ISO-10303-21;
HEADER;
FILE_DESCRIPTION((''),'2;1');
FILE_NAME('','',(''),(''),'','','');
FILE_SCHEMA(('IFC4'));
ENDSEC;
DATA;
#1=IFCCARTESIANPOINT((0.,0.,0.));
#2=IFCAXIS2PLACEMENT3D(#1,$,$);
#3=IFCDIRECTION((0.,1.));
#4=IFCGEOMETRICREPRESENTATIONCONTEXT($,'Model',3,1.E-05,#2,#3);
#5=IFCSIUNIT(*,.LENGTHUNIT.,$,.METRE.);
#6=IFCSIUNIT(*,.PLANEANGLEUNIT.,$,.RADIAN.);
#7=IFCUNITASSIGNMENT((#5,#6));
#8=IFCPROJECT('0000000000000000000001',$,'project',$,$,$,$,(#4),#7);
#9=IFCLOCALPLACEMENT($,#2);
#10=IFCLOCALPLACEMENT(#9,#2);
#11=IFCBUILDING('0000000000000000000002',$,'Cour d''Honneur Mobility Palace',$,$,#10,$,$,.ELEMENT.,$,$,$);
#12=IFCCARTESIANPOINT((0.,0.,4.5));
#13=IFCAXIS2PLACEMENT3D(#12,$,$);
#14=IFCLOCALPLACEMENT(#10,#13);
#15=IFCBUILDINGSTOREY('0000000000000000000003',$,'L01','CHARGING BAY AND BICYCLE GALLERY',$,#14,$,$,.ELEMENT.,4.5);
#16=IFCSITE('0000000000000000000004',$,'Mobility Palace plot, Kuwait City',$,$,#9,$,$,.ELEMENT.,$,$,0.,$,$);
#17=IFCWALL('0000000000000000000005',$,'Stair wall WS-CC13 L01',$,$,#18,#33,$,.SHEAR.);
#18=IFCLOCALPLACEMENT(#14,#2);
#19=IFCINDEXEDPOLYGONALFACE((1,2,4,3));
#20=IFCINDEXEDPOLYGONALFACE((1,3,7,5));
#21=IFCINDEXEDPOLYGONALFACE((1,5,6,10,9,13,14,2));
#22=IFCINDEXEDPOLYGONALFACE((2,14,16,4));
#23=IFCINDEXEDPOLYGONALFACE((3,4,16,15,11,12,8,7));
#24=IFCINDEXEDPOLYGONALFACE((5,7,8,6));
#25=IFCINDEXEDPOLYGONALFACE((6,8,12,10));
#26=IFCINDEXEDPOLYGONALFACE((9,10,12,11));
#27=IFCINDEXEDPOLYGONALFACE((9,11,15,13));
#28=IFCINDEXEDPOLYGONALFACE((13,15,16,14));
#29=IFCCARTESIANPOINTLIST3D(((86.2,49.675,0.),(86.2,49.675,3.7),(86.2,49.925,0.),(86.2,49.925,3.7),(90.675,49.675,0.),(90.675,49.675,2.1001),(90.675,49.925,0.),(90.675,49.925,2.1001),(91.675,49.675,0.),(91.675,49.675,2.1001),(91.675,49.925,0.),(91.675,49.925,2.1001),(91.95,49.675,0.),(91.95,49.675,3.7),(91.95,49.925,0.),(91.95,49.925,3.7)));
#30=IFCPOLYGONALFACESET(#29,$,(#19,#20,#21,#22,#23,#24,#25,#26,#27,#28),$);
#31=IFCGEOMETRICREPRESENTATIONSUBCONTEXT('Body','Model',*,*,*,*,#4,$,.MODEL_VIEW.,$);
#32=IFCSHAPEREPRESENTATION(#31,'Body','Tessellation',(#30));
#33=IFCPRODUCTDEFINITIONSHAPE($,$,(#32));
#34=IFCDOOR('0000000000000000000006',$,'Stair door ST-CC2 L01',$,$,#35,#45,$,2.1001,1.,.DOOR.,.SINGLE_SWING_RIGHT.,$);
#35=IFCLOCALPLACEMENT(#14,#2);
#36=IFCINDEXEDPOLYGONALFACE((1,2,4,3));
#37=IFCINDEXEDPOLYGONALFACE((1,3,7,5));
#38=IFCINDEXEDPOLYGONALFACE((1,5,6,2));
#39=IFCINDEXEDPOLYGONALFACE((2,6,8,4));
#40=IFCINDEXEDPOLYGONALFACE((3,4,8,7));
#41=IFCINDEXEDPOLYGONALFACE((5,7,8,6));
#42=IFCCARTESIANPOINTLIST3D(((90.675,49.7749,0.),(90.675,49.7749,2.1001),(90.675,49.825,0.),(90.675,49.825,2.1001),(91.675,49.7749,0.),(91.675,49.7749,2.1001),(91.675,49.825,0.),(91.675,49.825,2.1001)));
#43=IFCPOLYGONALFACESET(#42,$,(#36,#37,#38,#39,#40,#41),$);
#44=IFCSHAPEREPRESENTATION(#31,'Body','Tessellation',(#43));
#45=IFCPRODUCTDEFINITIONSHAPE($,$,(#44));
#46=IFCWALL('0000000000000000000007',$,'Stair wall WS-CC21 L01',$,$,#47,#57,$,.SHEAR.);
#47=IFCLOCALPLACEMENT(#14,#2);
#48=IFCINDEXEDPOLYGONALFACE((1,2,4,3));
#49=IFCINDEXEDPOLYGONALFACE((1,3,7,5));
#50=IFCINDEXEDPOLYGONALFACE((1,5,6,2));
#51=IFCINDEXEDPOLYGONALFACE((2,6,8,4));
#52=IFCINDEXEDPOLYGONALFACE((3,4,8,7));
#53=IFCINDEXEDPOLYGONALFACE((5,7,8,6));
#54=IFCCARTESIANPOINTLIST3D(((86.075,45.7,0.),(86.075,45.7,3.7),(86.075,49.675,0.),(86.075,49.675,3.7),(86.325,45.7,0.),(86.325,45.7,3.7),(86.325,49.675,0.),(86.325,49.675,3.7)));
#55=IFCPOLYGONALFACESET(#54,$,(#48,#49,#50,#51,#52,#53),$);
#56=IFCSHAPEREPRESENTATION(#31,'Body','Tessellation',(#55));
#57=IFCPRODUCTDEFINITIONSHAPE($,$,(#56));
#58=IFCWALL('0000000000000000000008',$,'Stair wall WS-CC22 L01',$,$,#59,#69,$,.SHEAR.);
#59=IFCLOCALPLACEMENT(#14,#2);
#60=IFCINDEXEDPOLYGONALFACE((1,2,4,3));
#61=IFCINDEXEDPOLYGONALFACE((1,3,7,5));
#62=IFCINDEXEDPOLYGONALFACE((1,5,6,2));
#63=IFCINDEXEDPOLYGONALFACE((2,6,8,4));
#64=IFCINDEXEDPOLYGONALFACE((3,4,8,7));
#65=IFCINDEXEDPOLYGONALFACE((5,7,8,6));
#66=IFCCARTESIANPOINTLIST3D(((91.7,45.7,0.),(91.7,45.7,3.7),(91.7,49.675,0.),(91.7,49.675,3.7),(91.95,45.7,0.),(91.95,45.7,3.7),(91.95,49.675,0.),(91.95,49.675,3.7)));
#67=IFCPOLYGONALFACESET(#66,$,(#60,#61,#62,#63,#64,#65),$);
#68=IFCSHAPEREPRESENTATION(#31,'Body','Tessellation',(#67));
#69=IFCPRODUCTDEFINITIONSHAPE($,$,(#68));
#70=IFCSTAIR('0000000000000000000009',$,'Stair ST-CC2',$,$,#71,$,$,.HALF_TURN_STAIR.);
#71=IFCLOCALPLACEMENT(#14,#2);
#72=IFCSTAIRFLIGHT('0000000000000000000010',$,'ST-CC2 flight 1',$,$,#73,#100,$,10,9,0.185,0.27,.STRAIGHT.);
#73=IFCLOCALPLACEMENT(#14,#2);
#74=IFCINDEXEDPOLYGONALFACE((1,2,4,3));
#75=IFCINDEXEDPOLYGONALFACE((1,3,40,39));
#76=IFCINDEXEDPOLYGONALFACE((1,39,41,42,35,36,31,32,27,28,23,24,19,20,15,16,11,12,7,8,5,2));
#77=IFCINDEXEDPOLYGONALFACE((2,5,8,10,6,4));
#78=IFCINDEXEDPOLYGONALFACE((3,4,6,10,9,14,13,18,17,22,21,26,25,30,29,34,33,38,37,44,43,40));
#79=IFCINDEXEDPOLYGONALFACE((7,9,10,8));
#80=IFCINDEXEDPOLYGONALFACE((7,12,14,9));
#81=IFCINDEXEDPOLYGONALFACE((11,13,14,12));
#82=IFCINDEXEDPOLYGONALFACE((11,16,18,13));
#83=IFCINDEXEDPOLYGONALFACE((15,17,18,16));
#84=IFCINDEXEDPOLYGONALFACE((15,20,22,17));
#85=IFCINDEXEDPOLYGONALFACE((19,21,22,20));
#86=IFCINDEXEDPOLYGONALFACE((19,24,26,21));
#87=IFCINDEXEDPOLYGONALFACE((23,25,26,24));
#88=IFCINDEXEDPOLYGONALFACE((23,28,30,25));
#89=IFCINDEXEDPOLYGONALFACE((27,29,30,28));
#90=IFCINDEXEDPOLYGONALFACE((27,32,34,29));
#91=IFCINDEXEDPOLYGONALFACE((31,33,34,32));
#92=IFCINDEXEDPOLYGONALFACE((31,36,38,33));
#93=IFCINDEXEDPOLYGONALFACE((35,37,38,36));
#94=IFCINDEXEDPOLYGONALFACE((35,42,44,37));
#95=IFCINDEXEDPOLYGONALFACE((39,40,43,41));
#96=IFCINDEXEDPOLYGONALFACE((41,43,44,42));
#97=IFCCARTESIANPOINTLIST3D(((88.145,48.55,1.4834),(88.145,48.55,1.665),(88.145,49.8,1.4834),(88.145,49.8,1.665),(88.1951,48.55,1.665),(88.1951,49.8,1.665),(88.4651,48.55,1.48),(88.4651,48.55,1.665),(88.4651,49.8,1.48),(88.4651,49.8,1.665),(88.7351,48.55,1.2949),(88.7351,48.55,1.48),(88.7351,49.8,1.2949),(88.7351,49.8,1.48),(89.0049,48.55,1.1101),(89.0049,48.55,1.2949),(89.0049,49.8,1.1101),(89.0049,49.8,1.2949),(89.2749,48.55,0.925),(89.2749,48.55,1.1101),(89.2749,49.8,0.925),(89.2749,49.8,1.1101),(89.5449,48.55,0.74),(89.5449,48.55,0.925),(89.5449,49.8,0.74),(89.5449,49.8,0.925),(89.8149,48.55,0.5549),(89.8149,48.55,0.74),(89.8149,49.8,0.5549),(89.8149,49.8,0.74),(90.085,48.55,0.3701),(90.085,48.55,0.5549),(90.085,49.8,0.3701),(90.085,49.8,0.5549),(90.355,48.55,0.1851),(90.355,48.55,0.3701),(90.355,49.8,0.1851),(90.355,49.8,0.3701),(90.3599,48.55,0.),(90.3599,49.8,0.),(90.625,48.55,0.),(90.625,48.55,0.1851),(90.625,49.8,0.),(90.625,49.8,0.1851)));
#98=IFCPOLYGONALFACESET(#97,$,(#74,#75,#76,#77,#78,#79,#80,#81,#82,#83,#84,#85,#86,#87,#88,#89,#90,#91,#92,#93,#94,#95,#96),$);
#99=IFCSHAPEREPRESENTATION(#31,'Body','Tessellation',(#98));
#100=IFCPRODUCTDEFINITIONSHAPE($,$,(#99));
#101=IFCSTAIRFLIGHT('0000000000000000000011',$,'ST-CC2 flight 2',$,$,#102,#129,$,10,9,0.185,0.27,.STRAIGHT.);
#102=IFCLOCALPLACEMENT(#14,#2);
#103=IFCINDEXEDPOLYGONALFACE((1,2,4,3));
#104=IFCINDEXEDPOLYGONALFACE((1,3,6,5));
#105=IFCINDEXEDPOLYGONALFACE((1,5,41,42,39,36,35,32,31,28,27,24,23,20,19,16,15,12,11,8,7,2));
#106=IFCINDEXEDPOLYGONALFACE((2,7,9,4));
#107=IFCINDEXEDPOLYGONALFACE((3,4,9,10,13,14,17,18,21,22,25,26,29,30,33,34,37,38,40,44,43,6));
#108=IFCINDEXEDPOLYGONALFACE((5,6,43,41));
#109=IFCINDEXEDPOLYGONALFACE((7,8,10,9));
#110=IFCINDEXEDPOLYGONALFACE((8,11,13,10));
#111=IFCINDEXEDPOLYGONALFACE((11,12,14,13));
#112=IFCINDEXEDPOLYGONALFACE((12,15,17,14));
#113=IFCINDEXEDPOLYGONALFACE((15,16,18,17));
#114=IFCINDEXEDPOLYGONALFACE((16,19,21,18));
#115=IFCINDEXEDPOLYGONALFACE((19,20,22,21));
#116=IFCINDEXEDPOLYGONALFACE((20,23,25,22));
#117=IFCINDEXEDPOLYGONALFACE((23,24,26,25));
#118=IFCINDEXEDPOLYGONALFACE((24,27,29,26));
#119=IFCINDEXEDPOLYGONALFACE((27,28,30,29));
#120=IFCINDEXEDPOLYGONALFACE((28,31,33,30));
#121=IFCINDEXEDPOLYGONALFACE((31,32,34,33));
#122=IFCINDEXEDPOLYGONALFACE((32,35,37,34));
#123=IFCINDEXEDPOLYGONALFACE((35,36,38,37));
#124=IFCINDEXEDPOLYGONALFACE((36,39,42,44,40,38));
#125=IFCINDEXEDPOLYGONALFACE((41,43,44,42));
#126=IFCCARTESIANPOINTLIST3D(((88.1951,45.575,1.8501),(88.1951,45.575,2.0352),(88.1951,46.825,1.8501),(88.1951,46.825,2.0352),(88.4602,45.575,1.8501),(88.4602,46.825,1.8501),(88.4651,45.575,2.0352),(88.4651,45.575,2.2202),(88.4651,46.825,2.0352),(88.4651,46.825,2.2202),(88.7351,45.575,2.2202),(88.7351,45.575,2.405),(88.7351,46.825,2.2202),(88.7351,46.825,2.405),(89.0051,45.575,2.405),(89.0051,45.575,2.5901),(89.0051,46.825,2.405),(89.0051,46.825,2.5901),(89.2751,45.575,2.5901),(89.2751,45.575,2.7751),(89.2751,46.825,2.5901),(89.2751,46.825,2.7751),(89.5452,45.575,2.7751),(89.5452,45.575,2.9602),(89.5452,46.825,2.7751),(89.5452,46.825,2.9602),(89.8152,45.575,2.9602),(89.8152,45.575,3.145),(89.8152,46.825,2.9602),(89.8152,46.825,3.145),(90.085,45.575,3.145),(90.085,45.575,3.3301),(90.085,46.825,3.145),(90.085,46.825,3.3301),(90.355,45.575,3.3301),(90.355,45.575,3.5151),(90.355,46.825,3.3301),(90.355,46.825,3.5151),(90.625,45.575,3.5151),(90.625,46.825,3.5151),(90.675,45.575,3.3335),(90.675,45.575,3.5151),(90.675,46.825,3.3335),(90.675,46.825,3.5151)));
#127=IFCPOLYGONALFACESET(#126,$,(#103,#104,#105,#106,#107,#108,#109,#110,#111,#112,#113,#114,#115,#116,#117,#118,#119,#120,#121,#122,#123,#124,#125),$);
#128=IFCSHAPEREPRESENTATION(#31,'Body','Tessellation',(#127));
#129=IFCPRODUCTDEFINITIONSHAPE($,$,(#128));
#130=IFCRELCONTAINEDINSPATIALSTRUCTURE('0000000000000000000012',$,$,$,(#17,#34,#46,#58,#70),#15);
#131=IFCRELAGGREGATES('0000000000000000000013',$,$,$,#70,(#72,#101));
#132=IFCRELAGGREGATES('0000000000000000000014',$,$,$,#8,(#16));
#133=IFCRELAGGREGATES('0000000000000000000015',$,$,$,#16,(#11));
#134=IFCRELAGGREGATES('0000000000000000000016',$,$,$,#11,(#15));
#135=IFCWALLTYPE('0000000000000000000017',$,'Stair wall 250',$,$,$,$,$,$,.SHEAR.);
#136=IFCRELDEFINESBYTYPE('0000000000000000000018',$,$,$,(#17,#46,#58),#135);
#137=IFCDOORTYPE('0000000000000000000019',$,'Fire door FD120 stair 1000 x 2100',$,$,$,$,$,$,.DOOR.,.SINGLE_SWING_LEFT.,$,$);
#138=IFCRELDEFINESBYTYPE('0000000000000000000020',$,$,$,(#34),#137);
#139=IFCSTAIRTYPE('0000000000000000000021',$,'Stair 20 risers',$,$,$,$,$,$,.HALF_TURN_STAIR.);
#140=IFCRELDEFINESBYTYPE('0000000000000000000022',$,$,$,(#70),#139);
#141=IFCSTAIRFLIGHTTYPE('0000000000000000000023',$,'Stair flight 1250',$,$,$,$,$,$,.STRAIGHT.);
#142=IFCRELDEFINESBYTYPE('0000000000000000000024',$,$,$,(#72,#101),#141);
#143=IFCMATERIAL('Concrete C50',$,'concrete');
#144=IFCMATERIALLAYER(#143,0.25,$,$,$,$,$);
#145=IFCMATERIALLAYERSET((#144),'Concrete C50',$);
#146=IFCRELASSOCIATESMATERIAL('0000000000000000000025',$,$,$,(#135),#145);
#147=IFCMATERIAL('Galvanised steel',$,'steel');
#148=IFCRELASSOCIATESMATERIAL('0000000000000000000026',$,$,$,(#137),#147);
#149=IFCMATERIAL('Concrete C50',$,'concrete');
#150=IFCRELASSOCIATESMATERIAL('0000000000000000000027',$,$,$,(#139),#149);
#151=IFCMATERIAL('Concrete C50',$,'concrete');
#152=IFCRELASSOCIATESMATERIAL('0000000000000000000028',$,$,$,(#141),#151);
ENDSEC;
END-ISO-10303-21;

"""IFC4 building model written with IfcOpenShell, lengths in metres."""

from ifc_helpers import new_model, si_unit, direction, frame, frame_2d, origin, place, context, subcontext, project, spatial, polyline, rectangle, outline, extrude, material, layer, layer_set, type_object, element, fill, aggregate, save


model = new_model("IFC4")

# Units and contexts
model_context = context("Model", 3, precision=1e-05, world=origin(), true_north=direction((0.0, 1.0)))
body_context = subcontext(model_context, "Body", "Model", "MODEL_VIEW")
ifc_project = project(units=[si_unit("LENGTHUNIT", "METRE"), si_unit("PLANEANGLEUNIT", "RADIAN")], contexts=[model_context])

# Site, building, storey
site_placement = place(None, origin())
site = spatial("IfcSite", under=ifc_project, at=site_placement, Name="Mobility Palace plot, Kuwait City", CompositionType="ELEMENT", RefElevation=0.0)
building_placement = place(site_placement, origin())
building = spatial("IfcBuilding", under=site, at=building_placement, Name="Cour d'Honneur Mobility Palace", CompositionType="ELEMENT")
storey_placement = place(building_placement, frame((0.0, 0.0, 4.5)))
storey = spatial("IfcBuildingStorey", under=building, at=storey_placement, Name="L01", Description="CHARGING BAY AND BICYCLE GALLERY", CompositionType="ELEMENT", Elevation=4.5)

# Shared definitions
ifc_material_1 = material(Name="Concrete C50", Category="concrete")
ifc_layer_1 = layer(ifc_material_1, 0.25)
ifc_layer_set_1 = layer_set([ifc_layer_1], Name="Concrete C50")
wall_type_1 = type_object("IfcWallType", Name="Stair wall 250", PredefinedType="SHEAR", material=ifc_layer_set_1)

# Wall, opening, door
wall_1_placement = place(storey_placement, frame((86.2, 49.8, 0.0), z_axis=(0.0, 0.0, 1.0), x_axis=(1.0, 0.0, 0.0)))
wall_1 = element("IfcWall", 1, at=wall_1_placement, inside=storey, type_object=wall_type_1, Name="Stair wall WS-CC13 L01", PredefinedType="SHEAR", context=body_context, shape_type="SweptSolid", body=[
    extrude(rectangle(XDim=5.75, YDim=0.25, at=frame_2d((2.875, 0.0))), origin(), (0.0, 0.0, 1.0), 3.7),
])
opening_1_placement = place(wall_1_placement, frame((4.4751, 0.0, 0.0)))
opening_1 = element("IfcOpeningElement", 2, at=opening_1_placement, cuts=wall_1, PredefinedType="OPENING", context=body_context, shape_type="SweptSolid", body=[
    extrude(rectangle(XDim=1.0, YDim=2.1001, at=frame_2d((0.5, 1.05))), frame((0.0, 0.135, 0.0), z_axis=(0.0, -1.0, 0.0), x_axis=(1.0, 0.0, 0.0)), (0.0, 0.0, 1.0), 0.27),
])
ifc_material_2 = material(Name="Galvanised steel", Category="steel")
door_type_1 = type_object("IfcDoorType", Name="Fire door FD120 stair 1000 x 2100", OperationType="SINGLE_SWING_LEFT", PredefinedType="DOOR", material=ifc_material_2)
door_1_placement = place(opening_1_placement, origin())
door_1 = element("IfcDoor", 3, at=door_1_placement, inside=storey, type_object=door_type_1, Name="Stair door ST-CC2 L01", OperationType="SINGLE_SWING_RIGHT", OverallHeight=2.1001, OverallWidth=1.0, PredefinedType="DOOR", context=body_context, shape_type="SweptSolid", body=[
    extrude(rectangle(XDim=1.0, YDim=2.1001, at=frame_2d((0.5, 1.05))), frame((0.0, 0.0249, 0.0), z_axis=(0.0, -1.0, 0.0), x_axis=(1.0, 0.0, 0.0)), (0.0, 0.0, 1.0), 0.05),
])
fill(opening_1, door_1)

# Walls
for number, where, z_axis, x_axis, name in (
    (4, (86.2, 45.7, 0.0), (0.0, 0.0, 1.0), (0.0, 1.0, 0.0), "Stair wall WS-CC21 L01"),
    (5, (91.825, 45.7, 0.0), (0.0, 0.0, 1.0), (0.0, 1.0, 0.0), "Stair wall WS-CC22 L01"),
):
    element("IfcWall", number, at=place(storey_placement, frame(where, z_axis=z_axis, x_axis=x_axis)), inside=storey, type_object=wall_type_1, Name=name, PredefinedType="SHEAR", context=body_context, shape_type="SweptSolid", body=[
        extrude(rectangle(XDim=3.9751, YDim=0.25, at=frame_2d((1.9875, 0.0))), origin(), (0.0, 0.0, 1.0), 3.7),
    ])

# Stair, stair flights
ifc_material_3 = material(Name="Concrete C50", Category="concrete")
stair_type = type_object("IfcStairType", Name="Stair 20 risers", PredefinedType="HALF_TURN_STAIR", material=ifc_material_3)
stair_placement = place(storey_placement, origin())
stair = element("IfcStair", 6, at=stair_placement, inside=storey, type_object=stair_type, Name="Stair ST-CC2", PredefinedType="HALF_TURN_STAIR")
ifc_material_4 = material(Name="Concrete C50", Category="concrete")
stair_flight_type = type_object("IfcStairFlightType", Name="Stair flight 1250", PredefinedType="STRAIGHT", material=ifc_material_4)
stair_flight_1_placement = place(storey_placement, frame((90.625, 49.175, 0.0), z_axis=(0.0, 0.0, 1.0), x_axis=(-1.0, 0.0, 0.0)))
stair_flight_1 = element("IfcStairFlight", 7, at=stair_flight_1_placement, type_object=stair_flight_type, Name="ST-CC2 flight 1", NumberOfRisers=10, NumberOfTreads=9, PredefinedType="STRAIGHT", RiserHeight=0.185, TreadLength=0.27, context=body_context, shape_type="SweptSolid", body=[
    extrude(outline(polyline([(0.0, 0.0), (0.0, 0.1851), (0.27, 0.1851), (0.27, 0.3701), (0.54, 0.3701), (0.54, 0.5549), (0.8101, 0.5549), (0.8101, 0.74), (1.0801, 0.74), (1.0801, 0.925), (1.3501, 0.925), (1.3501, 1.1101), (1.6201, 1.1101), (1.6201, 1.2949), (1.8899, 1.2949), (1.8899, 1.48), (2.1599, 1.48), (2.1599, 1.665), (2.4299, 1.665), (2.48, 1.665), (2.48, 1.4834), (0.2651, 0.0), (0.0, 0.0)])), frame((0.0, 0.625, 0.0), z_axis=(0.0, -1.0, 0.0), x_axis=(1.0, 0.0, 0.0)), (0.0, 0.0, 1.0), 1.25),
])
stair_flight_2_placement = place(storey_placement, frame((88.1951, 46.2, 1.8501), z_axis=(0.0, 0.0, 1.0), x_axis=(1.0, 0.0, 0.0)))
stair_flight_2 = element("IfcStairFlight", 8, at=stair_flight_2_placement, type_object=stair_flight_type, Name="ST-CC2 flight 2", NumberOfRisers=10, NumberOfTreads=9, PredefinedType="STRAIGHT", RiserHeight=0.185, TreadLength=0.27, context=body_context, shape_type="SweptSolid", body=[
    extrude(outline(polyline([(0.0, 0.0), (0.0, 0.1851), (0.27, 0.1851), (0.27, 0.3701), (0.54, 0.3701), (0.54, 0.5549), (0.8101, 0.5549), (0.8101, 0.74), (1.0801, 0.74), (1.0801, 0.925), (1.3501, 0.925), (1.3501, 1.1101), (1.6201, 1.1101), (1.6201, 1.2949), (1.8899, 1.2949), (1.8899, 1.48), (2.1599, 1.48), (2.1599, 1.665), (2.4299, 1.665), (2.48, 1.665), (2.48, 1.4834), (0.2651, 0.0), (0.0, 0.0)])), frame((0.0, 0.625, 0.0), z_axis=(0.0, -1.0, 0.0), x_axis=(1.0, 0.0, 0.0)), (0.0, 0.0, 1.0), 1.25),
])
aggregate(stair, [stair_flight_1, stair_flight_2])

save(model, "model.ifc")
